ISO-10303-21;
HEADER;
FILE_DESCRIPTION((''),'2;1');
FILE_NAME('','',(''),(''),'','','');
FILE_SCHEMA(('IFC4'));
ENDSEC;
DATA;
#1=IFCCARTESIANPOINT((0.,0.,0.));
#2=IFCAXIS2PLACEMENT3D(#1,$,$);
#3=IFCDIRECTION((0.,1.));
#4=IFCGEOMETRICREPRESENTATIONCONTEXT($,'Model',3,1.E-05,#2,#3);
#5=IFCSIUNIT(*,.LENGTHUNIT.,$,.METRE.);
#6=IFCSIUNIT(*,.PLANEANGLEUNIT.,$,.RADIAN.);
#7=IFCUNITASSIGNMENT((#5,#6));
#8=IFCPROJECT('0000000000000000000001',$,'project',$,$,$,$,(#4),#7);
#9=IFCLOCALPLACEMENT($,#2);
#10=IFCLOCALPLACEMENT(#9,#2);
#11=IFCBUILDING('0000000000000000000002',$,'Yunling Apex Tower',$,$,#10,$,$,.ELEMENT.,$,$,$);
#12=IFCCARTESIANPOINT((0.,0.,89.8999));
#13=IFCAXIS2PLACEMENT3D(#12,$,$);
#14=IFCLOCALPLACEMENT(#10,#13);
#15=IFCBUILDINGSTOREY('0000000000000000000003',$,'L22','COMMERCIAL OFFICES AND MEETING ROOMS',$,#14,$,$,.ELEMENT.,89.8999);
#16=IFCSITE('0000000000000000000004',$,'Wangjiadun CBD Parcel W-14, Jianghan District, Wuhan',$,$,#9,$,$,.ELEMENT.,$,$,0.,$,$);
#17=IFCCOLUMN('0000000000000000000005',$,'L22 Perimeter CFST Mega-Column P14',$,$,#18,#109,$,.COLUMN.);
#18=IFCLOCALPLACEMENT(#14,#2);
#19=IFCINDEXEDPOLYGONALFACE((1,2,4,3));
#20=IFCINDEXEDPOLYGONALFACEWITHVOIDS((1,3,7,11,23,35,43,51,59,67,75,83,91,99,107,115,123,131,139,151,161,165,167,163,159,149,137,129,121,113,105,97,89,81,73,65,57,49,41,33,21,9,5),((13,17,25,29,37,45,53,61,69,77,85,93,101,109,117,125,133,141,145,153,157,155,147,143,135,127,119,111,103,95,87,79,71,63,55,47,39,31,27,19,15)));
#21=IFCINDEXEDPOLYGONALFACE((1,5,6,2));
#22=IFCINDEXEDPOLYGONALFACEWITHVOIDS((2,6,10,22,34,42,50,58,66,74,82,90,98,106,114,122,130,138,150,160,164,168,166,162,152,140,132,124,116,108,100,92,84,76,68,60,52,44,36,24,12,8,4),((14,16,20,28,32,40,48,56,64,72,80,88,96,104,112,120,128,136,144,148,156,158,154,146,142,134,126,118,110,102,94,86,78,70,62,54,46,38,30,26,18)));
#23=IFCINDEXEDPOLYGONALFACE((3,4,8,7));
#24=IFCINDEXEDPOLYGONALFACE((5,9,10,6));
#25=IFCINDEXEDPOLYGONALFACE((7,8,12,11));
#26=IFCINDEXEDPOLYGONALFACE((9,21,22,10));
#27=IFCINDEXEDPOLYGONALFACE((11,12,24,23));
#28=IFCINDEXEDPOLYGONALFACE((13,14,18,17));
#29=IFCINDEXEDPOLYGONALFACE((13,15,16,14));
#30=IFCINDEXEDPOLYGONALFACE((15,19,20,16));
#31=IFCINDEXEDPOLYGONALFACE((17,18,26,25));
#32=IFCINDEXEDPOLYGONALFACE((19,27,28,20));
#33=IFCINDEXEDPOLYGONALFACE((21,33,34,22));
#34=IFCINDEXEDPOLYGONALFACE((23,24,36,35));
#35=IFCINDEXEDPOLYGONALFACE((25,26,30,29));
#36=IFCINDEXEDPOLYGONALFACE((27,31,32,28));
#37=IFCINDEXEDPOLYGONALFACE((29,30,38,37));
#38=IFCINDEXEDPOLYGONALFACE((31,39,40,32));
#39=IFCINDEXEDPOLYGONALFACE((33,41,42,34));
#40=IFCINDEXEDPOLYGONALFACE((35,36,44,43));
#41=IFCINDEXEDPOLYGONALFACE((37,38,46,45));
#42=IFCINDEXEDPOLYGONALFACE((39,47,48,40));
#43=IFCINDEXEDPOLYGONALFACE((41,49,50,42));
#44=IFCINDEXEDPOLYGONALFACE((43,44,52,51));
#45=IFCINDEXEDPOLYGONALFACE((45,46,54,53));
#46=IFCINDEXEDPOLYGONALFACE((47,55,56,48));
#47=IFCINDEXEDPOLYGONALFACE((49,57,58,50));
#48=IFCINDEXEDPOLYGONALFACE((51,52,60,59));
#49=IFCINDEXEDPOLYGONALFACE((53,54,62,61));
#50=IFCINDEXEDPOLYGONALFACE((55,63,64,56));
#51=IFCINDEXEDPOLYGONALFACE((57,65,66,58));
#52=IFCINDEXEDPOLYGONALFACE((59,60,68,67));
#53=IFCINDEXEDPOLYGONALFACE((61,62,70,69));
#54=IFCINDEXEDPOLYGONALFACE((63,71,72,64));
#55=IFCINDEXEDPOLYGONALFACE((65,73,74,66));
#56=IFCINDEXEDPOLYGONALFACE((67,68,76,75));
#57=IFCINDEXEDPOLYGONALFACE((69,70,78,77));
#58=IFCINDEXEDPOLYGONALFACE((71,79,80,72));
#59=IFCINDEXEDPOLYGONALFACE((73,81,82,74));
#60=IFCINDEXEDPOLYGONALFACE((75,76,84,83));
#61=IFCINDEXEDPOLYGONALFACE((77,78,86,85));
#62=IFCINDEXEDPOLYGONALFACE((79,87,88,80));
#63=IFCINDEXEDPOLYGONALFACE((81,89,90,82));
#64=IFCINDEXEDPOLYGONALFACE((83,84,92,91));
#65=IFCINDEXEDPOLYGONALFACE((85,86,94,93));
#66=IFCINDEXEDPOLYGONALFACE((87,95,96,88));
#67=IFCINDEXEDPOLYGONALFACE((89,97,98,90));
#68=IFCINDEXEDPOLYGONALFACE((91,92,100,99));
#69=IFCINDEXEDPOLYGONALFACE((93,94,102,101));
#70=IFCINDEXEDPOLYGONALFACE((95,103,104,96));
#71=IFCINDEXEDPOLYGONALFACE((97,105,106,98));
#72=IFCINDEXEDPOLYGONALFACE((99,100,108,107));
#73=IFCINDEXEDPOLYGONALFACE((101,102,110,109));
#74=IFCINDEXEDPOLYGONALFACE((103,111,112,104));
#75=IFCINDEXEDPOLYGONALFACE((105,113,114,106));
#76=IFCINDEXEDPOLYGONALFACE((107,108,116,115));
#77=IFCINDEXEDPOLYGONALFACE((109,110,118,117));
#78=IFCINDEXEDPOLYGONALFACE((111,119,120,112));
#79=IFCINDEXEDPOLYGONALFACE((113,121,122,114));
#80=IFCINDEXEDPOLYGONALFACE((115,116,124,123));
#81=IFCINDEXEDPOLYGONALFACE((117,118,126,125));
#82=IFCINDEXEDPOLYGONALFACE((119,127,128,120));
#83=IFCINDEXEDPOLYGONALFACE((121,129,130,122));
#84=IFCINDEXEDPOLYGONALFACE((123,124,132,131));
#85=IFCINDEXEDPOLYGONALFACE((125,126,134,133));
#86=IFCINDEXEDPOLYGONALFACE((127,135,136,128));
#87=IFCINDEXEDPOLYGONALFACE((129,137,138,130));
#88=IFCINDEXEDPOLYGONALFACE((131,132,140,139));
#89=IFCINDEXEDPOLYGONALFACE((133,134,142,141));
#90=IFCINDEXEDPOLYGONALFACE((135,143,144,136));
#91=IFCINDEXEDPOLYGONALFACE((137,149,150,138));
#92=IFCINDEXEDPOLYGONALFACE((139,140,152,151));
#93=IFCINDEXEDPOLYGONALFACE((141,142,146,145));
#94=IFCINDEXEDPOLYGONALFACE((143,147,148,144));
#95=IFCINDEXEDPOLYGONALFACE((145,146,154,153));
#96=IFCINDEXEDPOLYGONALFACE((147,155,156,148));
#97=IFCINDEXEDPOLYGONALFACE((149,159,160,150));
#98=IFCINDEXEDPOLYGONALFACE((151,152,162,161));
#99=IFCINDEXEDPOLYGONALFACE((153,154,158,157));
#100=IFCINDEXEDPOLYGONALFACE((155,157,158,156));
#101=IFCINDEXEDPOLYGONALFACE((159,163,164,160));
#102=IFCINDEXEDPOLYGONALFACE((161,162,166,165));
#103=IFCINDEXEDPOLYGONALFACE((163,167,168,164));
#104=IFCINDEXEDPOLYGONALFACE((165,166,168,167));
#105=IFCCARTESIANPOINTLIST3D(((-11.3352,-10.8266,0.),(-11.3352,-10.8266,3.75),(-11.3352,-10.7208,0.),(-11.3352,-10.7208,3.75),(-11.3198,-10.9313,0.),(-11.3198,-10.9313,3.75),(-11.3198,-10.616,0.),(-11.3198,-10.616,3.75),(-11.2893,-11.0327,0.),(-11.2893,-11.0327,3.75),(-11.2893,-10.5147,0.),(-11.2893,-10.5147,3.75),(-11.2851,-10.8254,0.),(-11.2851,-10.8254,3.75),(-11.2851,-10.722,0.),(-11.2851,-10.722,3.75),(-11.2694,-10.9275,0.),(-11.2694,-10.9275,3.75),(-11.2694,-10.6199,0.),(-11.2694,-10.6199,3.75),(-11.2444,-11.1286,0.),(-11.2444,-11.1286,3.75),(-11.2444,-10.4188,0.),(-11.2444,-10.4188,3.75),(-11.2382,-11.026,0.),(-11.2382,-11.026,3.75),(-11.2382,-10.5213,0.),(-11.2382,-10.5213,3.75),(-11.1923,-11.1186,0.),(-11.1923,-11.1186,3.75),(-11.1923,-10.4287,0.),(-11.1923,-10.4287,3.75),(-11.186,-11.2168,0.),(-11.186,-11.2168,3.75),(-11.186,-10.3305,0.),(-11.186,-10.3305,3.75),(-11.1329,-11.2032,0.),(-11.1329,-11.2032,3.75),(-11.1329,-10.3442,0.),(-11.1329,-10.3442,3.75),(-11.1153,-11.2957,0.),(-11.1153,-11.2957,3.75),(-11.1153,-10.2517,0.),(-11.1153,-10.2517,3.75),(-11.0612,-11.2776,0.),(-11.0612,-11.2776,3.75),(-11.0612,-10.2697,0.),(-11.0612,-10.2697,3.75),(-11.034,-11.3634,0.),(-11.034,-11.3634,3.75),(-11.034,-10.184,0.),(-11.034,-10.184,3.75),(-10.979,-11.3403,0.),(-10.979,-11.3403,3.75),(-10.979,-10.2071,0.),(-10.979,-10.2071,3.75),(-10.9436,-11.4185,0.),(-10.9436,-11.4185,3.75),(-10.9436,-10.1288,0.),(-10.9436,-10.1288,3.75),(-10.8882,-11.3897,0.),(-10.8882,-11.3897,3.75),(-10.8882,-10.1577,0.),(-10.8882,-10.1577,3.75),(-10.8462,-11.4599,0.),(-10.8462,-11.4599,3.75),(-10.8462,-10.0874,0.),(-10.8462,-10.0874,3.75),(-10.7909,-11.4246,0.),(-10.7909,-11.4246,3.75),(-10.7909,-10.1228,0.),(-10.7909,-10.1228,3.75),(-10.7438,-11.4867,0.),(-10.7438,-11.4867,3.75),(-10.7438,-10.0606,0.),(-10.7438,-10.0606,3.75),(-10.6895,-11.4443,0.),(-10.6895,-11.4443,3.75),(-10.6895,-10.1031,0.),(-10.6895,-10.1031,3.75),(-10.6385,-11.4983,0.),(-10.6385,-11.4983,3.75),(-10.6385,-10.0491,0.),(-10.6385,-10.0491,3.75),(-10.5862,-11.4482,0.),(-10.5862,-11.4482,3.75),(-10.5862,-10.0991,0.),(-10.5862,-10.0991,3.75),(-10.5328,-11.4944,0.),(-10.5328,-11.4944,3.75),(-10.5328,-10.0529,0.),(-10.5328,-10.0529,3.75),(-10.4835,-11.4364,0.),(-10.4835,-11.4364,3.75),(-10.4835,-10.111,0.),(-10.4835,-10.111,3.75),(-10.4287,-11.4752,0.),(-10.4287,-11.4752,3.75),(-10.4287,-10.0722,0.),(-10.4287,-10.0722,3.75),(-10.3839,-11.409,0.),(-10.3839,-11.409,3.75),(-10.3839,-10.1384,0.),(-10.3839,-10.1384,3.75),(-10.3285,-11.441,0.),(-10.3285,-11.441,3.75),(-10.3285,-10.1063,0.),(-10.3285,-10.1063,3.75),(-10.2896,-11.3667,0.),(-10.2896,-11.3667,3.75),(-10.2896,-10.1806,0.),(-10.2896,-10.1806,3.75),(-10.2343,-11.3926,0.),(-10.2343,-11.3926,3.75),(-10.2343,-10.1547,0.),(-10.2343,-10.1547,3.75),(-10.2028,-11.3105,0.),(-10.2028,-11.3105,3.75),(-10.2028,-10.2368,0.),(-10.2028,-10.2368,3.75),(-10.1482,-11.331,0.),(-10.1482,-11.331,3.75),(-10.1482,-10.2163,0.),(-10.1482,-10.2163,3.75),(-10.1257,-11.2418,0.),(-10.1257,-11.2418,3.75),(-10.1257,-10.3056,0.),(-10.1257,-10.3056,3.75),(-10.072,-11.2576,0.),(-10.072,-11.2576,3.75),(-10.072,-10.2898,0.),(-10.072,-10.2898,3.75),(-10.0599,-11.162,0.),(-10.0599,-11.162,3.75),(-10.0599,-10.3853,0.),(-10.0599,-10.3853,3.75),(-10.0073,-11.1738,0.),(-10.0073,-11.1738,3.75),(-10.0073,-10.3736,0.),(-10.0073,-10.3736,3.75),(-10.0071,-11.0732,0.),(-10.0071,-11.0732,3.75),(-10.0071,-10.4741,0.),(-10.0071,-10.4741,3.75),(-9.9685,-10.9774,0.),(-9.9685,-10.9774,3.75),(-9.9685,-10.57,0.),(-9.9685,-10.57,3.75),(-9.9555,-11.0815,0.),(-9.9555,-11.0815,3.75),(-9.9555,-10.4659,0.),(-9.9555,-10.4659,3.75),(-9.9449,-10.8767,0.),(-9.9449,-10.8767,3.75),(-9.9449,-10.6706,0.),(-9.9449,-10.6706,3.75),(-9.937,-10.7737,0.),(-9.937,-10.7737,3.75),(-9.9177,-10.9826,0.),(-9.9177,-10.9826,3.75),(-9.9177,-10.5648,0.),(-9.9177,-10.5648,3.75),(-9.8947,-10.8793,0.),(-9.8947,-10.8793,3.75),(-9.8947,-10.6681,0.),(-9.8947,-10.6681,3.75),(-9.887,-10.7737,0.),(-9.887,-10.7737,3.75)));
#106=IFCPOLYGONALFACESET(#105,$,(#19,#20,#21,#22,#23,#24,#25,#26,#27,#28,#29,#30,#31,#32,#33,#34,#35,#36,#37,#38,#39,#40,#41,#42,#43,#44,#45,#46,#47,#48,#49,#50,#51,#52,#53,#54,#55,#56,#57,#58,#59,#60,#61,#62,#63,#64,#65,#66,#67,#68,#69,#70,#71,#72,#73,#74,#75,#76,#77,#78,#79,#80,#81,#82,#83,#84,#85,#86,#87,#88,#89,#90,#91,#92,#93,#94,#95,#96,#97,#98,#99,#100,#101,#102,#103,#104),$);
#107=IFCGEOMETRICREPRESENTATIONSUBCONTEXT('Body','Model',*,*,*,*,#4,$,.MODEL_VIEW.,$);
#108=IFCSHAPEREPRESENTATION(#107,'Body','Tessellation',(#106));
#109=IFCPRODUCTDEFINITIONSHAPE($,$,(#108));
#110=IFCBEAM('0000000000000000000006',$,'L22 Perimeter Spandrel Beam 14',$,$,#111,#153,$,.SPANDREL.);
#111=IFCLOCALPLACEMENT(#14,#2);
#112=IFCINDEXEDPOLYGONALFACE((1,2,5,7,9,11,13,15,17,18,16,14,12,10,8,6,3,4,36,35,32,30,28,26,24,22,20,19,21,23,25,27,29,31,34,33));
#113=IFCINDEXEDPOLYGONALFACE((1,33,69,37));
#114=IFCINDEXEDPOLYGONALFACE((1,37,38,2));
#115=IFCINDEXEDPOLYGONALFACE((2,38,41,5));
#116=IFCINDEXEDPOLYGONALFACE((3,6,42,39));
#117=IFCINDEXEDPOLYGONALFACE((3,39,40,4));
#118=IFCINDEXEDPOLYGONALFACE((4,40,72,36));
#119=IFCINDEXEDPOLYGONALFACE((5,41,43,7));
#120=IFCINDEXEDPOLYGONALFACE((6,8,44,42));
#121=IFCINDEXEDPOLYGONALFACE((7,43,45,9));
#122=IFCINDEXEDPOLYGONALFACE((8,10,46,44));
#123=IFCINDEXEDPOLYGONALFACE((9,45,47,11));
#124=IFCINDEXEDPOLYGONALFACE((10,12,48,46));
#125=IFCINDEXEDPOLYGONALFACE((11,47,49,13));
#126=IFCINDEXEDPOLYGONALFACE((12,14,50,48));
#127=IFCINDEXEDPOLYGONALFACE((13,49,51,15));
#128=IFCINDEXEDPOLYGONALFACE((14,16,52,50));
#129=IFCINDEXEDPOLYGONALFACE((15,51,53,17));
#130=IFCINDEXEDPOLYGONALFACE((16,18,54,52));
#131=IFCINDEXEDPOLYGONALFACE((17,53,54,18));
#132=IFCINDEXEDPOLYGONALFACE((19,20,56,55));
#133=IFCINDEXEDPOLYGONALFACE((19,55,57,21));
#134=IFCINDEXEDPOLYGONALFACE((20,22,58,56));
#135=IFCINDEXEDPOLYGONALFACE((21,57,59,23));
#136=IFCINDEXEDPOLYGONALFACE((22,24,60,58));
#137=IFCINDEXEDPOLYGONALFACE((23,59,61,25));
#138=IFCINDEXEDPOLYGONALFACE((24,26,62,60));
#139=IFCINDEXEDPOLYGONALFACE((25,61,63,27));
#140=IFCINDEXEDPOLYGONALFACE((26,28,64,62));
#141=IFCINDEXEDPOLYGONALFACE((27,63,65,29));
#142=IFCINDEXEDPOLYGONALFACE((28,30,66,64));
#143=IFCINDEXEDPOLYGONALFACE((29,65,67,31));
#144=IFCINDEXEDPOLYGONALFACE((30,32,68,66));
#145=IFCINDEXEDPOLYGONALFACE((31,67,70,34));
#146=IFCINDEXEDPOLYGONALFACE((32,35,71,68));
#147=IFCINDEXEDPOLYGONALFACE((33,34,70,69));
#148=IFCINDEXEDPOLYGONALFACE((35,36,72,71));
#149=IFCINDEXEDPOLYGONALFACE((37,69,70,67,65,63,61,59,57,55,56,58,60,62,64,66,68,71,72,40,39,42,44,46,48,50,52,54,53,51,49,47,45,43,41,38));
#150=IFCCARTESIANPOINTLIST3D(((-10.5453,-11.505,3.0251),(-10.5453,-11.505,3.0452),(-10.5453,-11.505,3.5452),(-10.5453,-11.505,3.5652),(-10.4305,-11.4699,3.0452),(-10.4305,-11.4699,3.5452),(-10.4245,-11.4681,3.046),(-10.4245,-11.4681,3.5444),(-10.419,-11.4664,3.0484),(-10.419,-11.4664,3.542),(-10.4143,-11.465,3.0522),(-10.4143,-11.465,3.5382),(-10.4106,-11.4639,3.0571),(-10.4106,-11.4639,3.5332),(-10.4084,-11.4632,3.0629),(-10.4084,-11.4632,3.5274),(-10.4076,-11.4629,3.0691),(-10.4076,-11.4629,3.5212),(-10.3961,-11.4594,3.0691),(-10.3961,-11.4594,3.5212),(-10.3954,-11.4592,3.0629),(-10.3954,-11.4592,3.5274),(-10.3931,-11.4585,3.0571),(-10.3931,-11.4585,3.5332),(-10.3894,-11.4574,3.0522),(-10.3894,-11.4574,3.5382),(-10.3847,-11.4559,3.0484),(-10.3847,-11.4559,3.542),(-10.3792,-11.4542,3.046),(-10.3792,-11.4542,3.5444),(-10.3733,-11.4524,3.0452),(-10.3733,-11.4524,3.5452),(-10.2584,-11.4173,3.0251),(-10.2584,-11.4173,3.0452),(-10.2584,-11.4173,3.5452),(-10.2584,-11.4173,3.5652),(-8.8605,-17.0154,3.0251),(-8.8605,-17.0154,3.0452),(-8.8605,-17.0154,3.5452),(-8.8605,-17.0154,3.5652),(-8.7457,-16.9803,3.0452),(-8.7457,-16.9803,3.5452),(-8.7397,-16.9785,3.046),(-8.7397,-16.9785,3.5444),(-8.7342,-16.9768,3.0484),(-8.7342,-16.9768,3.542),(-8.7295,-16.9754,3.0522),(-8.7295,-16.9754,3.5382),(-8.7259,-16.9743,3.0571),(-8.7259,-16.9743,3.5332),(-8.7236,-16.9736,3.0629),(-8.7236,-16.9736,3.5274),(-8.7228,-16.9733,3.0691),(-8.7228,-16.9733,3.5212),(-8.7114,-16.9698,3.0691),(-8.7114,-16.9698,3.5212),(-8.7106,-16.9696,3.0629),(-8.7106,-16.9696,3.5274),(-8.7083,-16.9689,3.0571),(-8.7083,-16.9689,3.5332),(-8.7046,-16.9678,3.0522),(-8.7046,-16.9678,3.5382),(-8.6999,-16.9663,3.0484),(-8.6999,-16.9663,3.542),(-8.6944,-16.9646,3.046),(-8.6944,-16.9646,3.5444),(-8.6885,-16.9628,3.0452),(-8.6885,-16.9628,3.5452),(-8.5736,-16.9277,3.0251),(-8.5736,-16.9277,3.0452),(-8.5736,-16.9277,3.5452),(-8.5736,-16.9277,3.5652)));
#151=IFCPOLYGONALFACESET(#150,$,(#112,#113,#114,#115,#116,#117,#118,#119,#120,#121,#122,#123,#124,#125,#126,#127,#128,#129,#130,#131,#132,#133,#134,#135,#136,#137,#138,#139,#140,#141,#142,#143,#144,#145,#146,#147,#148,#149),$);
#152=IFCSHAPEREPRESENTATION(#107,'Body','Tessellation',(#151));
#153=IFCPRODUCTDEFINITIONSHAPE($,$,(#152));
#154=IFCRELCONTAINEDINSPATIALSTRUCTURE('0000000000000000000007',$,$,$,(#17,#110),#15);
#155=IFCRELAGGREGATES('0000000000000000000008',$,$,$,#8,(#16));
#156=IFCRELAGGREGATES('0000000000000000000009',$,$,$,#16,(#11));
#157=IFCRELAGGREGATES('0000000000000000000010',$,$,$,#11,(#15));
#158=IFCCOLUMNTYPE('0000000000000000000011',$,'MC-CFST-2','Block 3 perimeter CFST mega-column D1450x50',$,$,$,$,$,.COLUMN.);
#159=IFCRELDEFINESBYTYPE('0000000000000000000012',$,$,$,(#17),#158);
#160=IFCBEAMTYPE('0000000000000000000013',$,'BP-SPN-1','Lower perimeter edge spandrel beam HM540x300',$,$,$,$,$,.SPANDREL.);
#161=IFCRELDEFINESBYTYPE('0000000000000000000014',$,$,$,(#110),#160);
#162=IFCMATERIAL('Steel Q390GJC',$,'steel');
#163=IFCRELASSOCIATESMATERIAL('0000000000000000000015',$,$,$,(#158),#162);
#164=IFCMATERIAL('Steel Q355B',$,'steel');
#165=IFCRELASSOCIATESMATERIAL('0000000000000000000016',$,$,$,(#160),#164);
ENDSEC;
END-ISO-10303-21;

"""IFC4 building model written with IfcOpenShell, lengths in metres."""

from ifc_helpers import new_model, si_unit, direction, frame, origin, origin_2d, place, context, subcontext, project, spatial, hollow_circle, i_section, extrude, source, transform, mapped, material, material_profile, profile_set, type_object, element, save


model = new_model("IFC4")

# Units and contexts
model_context = context("Model", 3, precision=1e-05, world=origin(), true_north=direction((0.0, 1.0)))
body_context = subcontext(model_context, "Body", "Model", "MODEL_VIEW")
ifc_project = project(units=[si_unit("LENGTHUNIT", "METRE"), si_unit("PLANEANGLEUNIT", "RADIAN")], contexts=[model_context])

# Site, building, storey
site_placement = place(None, origin())
site = spatial("IfcSite", under=ifc_project, at=site_placement, Name="Wangjiadun CBD Parcel W-14, Jianghan District, Wuhan", CompositionType="ELEMENT", RefElevation=0.0)
building_placement = place(site_placement, origin())
building = spatial("IfcBuilding", under=site, at=building_placement, Name="Yunling Apex Tower", CompositionType="ELEMENT")
storey_placement = place(building_placement, frame((0.0, 0.0, 89.8999)))
storey = spatial("IfcBuildingStorey", under=building, at=storey_placement, Name="L22", Description="COMMERCIAL OFFICES AND MEETING ROOMS", CompositionType="ELEMENT", Elevation=89.8999)

# Column
ifc_material_1 = material(Name="Steel Q390GJC", Category="steel")
ifc_material_profile_1 = material_profile(ifc_material_1, hollow_circle(Radius=0.7251, WallThickness=0.05, at=origin_2d()))
ifc_profile_set_1 = profile_set([ifc_material_profile_1], Name="Steel Q390GJC")
column_type = type_object("IfcColumnType", Name="MC-CFST-2", Description="Block 3 perimeter CFST mega-column D1450x50", PredefinedType="COLUMN", material=ifc_profile_set_1)
shared_shape_1 = source(origin(), body_context, "Body", "SweptSolid", [
    extrude(hollow_circle(Radius=0.7251, WallThickness=0.05, at=origin_2d()), origin(), (0.0, 0.0, 1.0), 3.75),
])
column_placement = place(storey_placement, frame((-10.6121, -10.7737, 0.0), z_axis=(0.0, 0.0, 1.0), x_axis=(1.0, 0.0, 0.0)))
element("IfcColumn", 1, at=column_placement, inside=storey, type_object=column_type, Name="L22 Perimeter CFST Mega-Column P14", PredefinedType="COLUMN", context=body_context, shape_type="MappedRepresentation", body=[
    mapped(shared_shape_1, transform((0.0, 0.0, 0.0), scale=1.0)),
])

# Beam
ifc_material_2 = material(Name="Steel Q355B", Category="steel")
ifc_material_profile_2 = material_profile(ifc_material_2, i_section(OverallWidth=0.3, OverallDepth=0.54, WebThickness=0.012, FlangeThickness=0.02, FilletRadius=0.0239, at=origin_2d()))
ifc_profile_set_2 = profile_set([ifc_material_profile_2], Name="Steel Q355B")
beam_type_1 = type_object("IfcBeamType", Name="BP-SPN-1", Description="Lower perimeter edge spandrel beam HM540x300", PredefinedType="SPANDREL", material=ifc_profile_set_2)
shared_shape_2 = source(origin(), body_context, "Body", "SweptSolid", [
    extrude(i_section(OverallWidth=0.3, OverallDepth=0.54, WebThickness=0.012, FlangeThickness=0.02, FilletRadius=0.0239, at=origin_2d()), origin(), (0.0, 0.0, 1.0), 5.7622),
])
beam_1_placement = place(storey_placement, frame((-10.4019, -11.4612, 3.2952), z_axis=(0.292385, -0.956301, 0.0), x_axis=(0.956301, 0.292385, 0.0)))
element("IfcBeam", 2, at=beam_1_placement, inside=storey, type_object=beam_type_1, Name="L22 Perimeter Spandrel Beam 14", PredefinedType="SPANDREL", context=body_context, shape_type="MappedRepresentation", body=[
    mapped(shared_shape_2, transform((0.0, 0.0, 0.0), scale=1.0)),
])

save(model, "model.ifc")
